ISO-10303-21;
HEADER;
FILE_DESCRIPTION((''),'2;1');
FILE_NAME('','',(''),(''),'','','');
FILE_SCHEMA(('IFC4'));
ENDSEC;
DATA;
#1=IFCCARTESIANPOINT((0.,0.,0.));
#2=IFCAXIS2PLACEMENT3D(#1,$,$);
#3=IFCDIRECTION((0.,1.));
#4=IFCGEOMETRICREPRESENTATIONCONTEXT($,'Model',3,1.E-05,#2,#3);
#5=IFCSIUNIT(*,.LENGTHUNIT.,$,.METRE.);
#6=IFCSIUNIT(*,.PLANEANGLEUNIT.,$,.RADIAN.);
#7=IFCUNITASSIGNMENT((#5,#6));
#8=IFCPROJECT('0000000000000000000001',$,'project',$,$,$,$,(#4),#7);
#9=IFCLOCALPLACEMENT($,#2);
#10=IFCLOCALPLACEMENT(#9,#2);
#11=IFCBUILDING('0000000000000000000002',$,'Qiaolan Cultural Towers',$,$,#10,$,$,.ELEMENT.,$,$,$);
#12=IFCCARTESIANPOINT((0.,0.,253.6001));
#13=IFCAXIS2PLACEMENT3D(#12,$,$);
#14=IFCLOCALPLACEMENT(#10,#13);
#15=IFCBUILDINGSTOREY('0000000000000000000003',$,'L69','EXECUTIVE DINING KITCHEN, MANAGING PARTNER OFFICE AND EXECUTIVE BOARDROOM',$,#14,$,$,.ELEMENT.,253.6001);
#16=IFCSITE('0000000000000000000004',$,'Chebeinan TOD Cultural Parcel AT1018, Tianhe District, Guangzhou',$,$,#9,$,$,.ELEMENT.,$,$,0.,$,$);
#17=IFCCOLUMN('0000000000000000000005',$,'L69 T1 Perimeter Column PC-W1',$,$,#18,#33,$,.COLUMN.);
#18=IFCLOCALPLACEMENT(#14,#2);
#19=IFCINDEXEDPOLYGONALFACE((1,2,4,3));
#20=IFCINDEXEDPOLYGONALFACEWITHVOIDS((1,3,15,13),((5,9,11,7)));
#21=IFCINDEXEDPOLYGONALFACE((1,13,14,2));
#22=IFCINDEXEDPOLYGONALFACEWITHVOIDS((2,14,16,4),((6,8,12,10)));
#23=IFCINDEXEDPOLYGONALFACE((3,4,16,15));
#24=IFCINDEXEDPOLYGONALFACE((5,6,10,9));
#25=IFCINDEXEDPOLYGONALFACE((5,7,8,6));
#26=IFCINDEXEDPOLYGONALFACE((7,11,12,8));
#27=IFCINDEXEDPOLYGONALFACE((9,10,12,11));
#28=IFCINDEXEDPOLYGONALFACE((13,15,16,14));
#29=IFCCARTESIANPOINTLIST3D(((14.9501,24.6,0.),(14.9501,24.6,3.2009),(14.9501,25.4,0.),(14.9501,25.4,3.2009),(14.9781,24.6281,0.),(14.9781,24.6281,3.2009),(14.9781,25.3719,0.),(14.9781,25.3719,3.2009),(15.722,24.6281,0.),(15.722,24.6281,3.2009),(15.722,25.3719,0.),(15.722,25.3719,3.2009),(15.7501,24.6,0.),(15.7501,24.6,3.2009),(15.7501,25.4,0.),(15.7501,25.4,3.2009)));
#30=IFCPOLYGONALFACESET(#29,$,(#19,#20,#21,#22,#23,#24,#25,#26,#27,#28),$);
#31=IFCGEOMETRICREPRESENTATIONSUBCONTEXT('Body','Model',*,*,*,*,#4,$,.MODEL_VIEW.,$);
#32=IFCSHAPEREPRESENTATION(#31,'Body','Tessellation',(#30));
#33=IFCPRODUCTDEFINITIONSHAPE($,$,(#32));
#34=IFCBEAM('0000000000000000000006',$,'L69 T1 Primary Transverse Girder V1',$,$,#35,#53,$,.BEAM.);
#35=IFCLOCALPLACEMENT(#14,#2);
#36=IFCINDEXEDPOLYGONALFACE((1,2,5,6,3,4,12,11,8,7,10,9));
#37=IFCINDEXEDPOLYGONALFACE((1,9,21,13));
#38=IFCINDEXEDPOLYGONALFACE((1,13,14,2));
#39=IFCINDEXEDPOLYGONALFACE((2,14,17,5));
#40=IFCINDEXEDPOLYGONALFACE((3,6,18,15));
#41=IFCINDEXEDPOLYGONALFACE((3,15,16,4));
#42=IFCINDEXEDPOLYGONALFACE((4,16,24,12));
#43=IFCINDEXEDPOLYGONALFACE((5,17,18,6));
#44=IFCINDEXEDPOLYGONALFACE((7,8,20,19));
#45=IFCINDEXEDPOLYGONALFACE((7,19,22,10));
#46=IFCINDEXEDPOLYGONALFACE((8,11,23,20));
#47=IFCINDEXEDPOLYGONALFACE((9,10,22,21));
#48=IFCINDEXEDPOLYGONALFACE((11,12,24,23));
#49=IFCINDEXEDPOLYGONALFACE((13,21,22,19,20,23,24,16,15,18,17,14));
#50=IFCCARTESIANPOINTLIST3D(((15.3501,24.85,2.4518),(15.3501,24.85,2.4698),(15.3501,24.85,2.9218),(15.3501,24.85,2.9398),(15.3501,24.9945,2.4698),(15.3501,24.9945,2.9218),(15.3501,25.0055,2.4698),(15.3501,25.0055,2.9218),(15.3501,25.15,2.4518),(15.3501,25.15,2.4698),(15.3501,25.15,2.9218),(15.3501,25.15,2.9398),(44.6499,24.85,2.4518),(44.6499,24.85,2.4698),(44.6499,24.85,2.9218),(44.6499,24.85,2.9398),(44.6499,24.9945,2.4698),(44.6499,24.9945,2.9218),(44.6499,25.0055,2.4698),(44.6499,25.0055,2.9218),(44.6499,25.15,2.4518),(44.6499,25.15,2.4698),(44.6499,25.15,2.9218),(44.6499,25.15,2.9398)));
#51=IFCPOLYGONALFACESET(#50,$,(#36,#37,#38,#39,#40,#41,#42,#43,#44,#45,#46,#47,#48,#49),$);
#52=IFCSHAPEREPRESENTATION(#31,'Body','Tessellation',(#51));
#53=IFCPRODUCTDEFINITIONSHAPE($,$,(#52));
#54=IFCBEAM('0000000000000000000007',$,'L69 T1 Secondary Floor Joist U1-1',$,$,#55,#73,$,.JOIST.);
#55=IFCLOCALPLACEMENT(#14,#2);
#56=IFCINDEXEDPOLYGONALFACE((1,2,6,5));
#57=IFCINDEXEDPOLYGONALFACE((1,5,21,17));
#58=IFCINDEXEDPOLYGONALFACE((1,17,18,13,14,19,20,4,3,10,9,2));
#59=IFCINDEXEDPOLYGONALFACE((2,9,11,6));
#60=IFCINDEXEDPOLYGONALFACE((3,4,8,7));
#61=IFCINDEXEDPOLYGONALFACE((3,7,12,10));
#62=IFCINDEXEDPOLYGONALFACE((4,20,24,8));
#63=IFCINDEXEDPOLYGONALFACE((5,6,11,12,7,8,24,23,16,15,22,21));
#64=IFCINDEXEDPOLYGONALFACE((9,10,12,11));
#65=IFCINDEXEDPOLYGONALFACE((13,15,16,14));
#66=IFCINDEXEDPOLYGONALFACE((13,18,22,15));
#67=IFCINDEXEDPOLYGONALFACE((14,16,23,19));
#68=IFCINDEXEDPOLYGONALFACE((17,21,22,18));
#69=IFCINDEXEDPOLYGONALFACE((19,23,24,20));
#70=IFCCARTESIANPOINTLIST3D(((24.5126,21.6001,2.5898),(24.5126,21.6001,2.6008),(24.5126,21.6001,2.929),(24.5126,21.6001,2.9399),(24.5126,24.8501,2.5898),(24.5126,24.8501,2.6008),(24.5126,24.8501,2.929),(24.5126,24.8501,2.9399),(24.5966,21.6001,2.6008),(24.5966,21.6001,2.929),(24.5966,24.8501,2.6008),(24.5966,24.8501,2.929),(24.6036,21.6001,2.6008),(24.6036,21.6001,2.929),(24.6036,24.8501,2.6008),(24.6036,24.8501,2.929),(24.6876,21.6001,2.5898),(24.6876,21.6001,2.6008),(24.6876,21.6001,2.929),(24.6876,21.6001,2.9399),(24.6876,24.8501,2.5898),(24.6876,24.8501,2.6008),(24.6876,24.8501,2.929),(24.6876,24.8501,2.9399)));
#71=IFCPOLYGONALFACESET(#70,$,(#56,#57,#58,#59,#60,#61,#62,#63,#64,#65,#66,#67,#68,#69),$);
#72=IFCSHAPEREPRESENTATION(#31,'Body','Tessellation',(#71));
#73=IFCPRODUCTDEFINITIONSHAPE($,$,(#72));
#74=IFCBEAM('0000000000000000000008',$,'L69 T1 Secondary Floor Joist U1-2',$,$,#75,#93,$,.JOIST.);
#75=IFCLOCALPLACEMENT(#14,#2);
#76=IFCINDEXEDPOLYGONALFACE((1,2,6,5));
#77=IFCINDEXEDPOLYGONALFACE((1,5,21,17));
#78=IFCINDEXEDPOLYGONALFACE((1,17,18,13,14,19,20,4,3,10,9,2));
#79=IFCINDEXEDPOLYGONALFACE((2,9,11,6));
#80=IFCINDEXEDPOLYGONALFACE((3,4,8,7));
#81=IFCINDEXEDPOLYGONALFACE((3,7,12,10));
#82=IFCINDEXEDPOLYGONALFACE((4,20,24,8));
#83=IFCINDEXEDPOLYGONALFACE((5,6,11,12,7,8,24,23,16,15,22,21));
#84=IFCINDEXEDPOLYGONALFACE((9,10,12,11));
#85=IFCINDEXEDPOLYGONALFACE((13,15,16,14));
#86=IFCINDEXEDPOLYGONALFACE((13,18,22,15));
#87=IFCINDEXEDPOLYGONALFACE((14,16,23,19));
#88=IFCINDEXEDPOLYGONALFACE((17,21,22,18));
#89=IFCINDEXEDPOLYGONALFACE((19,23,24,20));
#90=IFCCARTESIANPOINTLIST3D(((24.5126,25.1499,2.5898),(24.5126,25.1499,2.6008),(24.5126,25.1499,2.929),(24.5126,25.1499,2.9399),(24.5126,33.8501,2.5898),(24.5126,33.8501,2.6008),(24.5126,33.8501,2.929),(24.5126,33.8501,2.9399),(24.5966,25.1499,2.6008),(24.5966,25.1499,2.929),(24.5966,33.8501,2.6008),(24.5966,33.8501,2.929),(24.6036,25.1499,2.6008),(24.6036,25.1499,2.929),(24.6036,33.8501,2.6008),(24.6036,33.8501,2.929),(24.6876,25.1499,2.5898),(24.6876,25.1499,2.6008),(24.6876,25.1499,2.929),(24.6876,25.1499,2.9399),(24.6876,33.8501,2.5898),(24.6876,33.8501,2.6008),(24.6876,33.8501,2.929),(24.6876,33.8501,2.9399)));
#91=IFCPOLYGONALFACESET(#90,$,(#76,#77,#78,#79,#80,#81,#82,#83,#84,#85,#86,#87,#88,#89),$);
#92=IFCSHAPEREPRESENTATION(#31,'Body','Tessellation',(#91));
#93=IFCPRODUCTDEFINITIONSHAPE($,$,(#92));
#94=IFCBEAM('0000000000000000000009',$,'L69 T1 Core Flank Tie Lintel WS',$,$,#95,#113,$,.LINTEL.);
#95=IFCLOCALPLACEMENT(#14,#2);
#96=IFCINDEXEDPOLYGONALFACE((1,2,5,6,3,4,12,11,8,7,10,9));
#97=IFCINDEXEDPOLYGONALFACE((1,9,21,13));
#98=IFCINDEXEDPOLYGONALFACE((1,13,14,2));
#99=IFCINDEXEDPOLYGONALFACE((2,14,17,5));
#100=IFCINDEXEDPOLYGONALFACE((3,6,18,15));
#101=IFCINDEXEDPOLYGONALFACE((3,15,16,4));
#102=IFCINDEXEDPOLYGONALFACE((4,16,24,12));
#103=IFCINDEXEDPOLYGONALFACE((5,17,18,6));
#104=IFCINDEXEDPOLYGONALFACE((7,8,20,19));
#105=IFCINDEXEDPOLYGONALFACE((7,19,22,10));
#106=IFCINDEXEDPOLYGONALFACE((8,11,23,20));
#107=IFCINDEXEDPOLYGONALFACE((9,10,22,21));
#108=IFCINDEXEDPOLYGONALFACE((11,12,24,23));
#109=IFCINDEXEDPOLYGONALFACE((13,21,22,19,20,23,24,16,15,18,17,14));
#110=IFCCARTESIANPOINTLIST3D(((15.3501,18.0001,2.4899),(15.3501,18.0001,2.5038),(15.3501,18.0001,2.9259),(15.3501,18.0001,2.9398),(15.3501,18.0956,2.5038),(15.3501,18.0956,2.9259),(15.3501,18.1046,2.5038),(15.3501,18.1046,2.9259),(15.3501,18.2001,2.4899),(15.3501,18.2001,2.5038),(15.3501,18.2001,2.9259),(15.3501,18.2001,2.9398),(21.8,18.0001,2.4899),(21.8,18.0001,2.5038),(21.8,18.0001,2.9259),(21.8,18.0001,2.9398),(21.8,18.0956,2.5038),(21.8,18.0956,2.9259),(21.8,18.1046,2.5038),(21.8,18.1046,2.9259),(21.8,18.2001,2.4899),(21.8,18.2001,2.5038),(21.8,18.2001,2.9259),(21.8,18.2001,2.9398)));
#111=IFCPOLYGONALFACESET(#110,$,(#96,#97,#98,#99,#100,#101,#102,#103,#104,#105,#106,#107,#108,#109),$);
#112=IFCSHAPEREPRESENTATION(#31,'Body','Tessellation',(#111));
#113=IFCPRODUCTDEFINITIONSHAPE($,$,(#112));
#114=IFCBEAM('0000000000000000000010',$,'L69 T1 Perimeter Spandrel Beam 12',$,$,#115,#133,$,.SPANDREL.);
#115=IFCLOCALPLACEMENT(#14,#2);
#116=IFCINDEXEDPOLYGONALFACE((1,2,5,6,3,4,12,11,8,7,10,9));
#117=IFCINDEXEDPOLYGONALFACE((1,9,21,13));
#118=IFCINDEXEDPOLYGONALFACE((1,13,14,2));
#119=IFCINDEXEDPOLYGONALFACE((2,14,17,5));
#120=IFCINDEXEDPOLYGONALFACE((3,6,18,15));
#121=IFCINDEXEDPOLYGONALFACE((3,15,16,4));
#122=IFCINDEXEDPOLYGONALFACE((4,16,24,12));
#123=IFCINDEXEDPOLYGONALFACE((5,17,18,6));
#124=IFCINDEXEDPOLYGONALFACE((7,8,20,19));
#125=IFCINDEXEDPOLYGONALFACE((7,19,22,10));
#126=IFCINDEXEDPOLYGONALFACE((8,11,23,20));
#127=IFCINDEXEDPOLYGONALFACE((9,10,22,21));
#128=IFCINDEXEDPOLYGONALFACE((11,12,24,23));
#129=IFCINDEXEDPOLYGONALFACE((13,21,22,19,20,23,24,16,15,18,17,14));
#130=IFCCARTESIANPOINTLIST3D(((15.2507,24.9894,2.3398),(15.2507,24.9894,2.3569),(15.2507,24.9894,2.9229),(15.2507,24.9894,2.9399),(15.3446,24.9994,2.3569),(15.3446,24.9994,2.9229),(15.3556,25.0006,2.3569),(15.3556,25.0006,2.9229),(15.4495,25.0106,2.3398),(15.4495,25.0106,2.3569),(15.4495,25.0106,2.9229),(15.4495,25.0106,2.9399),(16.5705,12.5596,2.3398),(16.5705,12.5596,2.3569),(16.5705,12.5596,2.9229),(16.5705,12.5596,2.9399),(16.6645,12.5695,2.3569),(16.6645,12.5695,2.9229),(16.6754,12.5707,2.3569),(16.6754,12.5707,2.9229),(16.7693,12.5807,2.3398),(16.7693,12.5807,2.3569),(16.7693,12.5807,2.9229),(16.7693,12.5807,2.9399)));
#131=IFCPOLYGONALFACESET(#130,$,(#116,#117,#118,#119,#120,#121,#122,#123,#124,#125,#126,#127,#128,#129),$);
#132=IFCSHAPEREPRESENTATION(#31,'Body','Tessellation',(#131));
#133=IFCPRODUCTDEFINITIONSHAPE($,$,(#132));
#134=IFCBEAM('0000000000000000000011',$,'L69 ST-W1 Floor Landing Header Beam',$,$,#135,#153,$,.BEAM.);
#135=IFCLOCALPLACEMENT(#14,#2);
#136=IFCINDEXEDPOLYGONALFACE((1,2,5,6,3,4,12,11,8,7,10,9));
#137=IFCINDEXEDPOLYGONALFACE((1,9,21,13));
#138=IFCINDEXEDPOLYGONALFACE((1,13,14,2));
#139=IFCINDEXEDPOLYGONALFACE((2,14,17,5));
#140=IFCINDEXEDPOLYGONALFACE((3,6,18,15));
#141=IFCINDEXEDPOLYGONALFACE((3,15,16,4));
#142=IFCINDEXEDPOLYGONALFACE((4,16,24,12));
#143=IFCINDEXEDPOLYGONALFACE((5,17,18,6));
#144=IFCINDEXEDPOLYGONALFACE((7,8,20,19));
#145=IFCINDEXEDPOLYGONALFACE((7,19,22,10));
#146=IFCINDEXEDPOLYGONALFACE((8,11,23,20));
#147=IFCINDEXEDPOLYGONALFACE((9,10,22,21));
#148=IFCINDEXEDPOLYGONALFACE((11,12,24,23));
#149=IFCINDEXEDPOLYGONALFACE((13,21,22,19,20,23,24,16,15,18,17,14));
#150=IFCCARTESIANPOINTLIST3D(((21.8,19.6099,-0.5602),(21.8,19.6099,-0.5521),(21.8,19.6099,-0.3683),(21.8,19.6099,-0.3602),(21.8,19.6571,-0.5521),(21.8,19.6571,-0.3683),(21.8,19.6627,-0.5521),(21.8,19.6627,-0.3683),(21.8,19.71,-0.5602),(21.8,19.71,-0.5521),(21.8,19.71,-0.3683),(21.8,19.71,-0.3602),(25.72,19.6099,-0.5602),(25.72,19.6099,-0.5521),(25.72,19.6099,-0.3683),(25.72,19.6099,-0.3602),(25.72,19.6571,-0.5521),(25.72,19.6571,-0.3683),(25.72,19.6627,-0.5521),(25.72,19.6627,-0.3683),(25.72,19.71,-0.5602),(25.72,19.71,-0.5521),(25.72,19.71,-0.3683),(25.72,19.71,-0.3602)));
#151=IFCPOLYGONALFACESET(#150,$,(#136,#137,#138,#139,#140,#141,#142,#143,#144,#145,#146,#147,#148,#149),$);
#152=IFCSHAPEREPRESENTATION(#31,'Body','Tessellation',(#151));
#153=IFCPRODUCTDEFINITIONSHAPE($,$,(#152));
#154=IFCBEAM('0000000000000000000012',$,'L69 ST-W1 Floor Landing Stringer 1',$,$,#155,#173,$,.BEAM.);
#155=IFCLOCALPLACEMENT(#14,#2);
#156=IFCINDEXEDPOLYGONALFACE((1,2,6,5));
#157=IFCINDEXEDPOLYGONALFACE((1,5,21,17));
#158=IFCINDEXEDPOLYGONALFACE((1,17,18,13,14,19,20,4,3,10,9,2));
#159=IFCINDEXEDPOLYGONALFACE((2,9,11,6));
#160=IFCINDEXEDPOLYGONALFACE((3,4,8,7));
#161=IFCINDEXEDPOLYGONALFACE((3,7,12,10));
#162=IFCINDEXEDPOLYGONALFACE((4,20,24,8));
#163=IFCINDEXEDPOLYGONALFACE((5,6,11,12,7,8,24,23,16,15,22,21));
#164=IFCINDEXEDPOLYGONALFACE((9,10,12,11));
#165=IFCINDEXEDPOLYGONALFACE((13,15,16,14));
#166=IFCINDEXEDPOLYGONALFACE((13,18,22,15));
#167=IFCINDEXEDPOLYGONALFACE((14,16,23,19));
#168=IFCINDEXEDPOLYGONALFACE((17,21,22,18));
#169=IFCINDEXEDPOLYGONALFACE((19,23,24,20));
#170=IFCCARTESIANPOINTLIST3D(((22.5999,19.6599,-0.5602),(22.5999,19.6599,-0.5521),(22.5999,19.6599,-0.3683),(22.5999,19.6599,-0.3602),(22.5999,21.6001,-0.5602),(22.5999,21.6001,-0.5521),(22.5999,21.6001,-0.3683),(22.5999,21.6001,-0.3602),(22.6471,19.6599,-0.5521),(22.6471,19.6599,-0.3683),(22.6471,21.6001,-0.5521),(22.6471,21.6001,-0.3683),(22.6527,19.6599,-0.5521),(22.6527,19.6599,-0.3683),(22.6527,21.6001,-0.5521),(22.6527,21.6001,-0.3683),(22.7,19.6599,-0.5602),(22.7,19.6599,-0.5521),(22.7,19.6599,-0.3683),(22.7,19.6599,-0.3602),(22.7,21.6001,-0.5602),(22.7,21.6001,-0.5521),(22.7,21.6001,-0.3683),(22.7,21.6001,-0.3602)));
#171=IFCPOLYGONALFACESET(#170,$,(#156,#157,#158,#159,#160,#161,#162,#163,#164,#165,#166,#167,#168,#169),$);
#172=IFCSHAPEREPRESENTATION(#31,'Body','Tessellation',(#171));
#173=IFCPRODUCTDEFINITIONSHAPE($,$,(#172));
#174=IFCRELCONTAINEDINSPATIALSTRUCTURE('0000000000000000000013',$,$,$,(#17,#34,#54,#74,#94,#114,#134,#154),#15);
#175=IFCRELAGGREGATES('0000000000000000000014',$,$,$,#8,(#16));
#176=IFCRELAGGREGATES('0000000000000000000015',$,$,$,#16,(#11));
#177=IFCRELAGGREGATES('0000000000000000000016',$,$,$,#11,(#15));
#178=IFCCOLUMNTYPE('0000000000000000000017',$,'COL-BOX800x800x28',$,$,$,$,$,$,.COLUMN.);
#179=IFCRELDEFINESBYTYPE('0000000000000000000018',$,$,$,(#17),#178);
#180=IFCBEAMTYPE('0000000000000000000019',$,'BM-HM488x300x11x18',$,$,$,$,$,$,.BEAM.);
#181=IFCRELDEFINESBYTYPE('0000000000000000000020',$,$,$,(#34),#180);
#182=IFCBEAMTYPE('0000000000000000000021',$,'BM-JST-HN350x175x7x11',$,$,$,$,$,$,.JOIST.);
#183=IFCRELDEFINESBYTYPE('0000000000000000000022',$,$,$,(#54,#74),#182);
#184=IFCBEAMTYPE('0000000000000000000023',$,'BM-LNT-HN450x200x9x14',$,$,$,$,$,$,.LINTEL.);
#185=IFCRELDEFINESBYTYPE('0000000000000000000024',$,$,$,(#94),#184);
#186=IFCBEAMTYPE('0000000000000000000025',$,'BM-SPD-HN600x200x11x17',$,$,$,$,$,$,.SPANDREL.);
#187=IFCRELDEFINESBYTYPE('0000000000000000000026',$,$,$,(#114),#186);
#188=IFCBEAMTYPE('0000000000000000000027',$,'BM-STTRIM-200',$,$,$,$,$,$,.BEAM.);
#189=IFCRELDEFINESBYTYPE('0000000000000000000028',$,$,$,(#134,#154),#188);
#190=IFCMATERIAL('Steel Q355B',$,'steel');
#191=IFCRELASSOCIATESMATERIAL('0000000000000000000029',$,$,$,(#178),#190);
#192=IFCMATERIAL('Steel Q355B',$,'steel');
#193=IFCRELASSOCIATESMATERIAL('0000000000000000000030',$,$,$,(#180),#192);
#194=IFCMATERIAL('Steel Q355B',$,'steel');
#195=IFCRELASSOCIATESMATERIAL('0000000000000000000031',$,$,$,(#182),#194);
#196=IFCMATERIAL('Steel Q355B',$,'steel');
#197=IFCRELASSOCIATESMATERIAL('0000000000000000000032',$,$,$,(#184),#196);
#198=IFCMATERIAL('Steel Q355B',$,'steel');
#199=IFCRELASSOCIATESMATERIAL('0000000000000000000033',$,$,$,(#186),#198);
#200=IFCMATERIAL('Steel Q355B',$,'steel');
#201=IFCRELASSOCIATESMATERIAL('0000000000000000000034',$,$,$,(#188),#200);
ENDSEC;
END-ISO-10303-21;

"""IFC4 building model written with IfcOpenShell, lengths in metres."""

from ifc_helpers import new_model, si_unit, direction, frame, origin, origin_2d, place, context, subcontext, project, spatial, hollow_rectangle, i_section, extrude, material, material_profile, profile_set, type_object, element, save


model = new_model("IFC4")

# Units and contexts
model_context = context("Model", 3, precision=1e-05, world=origin(), true_north=direction((0.0, 1.0)))
body_context = subcontext(model_context, "Body", "Model", "MODEL_VIEW")
ifc_project = project(units=[si_unit("LENGTHUNIT", "METRE"), si_unit("PLANEANGLEUNIT", "RADIAN")], contexts=[model_context])

# Site, building, storey
site_placement = place(None, origin())
site = spatial("IfcSite", under=ifc_project, at=site_placement, Name="Chebeinan TOD Cultural Parcel AT1018, Tianhe District, Guangzhou", CompositionType="ELEMENT", RefElevation=0.0)
building_placement = place(site_placement, origin())
building = spatial("IfcBuilding", under=site, at=building_placement, Name="Qiaolan Cultural Towers", CompositionType="ELEMENT")
storey_placement = place(building_placement, frame((0.0, 0.0, 253.6001)))
storey = spatial("IfcBuildingStorey", under=building, at=storey_placement, Name="L69", Description="EXECUTIVE DINING KITCHEN, MANAGING PARTNER OFFICE AND EXECUTIVE BOARDROOM", CompositionType="ELEMENT", Elevation=253.6001)

# Column
ifc_material_1 = material(Name="Steel Q355B", Category="steel")
ifc_material_profile_1 = material_profile(ifc_material_1, hollow_rectangle(XDim=0.8, YDim=0.8, WallThickness=0.0281, at=origin_2d()), Name="BOX800x800x28")
ifc_profile_set_1 = profile_set([ifc_material_profile_1], Name="Steel Q355B")
column_type = type_object("IfcColumnType", Name="COL-BOX800x800x28", PredefinedType="COLUMN", material=ifc_profile_set_1)
column_placement = place(storey_placement, frame((15.3501, 25.0, 0.0), z_axis=(0.0, 0.0, 1.0), x_axis=(1.0, 0.0, 0.0)))
element("IfcColumn", 1, at=column_placement, inside=storey, type_object=column_type, Name="L69 T1 Perimeter Column PC-W1", PredefinedType="COLUMN", context=body_context, shape_type="SweptSolid", body=[
    extrude(hollow_rectangle(XDim=0.8, YDim=0.8, WallThickness=0.0281, at=origin_2d()), origin(), (0.0, 0.0, 1.0), 3.2009),
])

# Beams
ifc_material_2 = material(Name="Steel Q355B", Category="steel")
ifc_material_profile_2 = material_profile(ifc_material_2, i_section(OverallWidth=0.3, OverallDepth=0.488, WebThickness=0.011, FlangeThickness=0.0181, at=origin_2d()), Name="HM488x300x11x18")
ifc_profile_set_2 = profile_set([ifc_material_profile_2], Name="Steel Q355B")
beam_type_1 = type_object("IfcBeamType", Name="BM-HM488x300x11x18", PredefinedType="BEAM", material=ifc_profile_set_2)
beam_1_placement = place(storey_placement, frame((15.3501, 25.0, 2.6958), z_axis=(1.0, 0.0, 0.0), x_axis=(0.0, 1.0, 0.0)))
element("IfcBeam", 2, at=beam_1_placement, inside=storey, type_object=beam_type_1, Name="L69 T1 Primary Transverse Girder V1", PredefinedType="BEAM", context=body_context, shape_type="SweptSolid", body=[
    extrude(i_section(OverallWidth=0.3, OverallDepth=0.488, WebThickness=0.011, FlangeThickness=0.0181, at=origin_2d()), origin(), (0.0, 0.0, 1.0), 29.2998),
])
ifc_material_3 = material(Name="Steel Q355B", Category="steel")
ifc_material_profile_3 = material_profile(ifc_material_3, i_section(OverallWidth=0.175, OverallDepth=0.3501, WebThickness=0.0071, FlangeThickness=0.011, at=origin_2d()), Name="HN350x175x7x11")
ifc_profile_set_3 = profile_set([ifc_material_profile_3], Name="Steel Q355B")
beam_type_2 = type_object("IfcBeamType", Name="BM-JST-HN350x175x7x11", PredefinedType="JOIST", material=ifc_profile_set_3)
beam_2_placement = place(storey_placement, frame((24.6001, 21.6001, 2.7649), z_axis=(0.0, 1.0, 0.0), x_axis=(-1.0, 0.0, 0.0)))
element("IfcBeam", 3, at=beam_2_placement, inside=storey, type_object=beam_type_2, Name="L69 T1 Secondary Floor Joist U1-1", PredefinedType="JOIST", context=body_context, shape_type="SweptSolid", body=[
    extrude(i_section(OverallWidth=0.175, OverallDepth=0.3501, WebThickness=0.0071, FlangeThickness=0.011, at=origin_2d()), origin(), (0.0, 0.0, 1.0), 3.25),
])
beam_3_placement = place(storey_placement, frame((24.6001, 25.1499, 2.7649), z_axis=(0.0, 1.0, 0.0), x_axis=(-1.0, 0.0, 0.0)))
element("IfcBeam", 4, at=beam_3_placement, inside=storey, type_object=beam_type_2, Name="L69 T1 Secondary Floor Joist U1-2", PredefinedType="JOIST", context=body_context, shape_type="SweptSolid", body=[
    extrude(i_section(OverallWidth=0.175, OverallDepth=0.3501, WebThickness=0.0071, FlangeThickness=0.011, at=origin_2d()), origin(), (0.0, 0.0, 1.0), 8.7002),
])
ifc_material_4 = material(Name="Steel Q355B", Category="steel")
ifc_material_profile_4 = material_profile(ifc_material_4, i_section(OverallWidth=0.2, OverallDepth=0.45, WebThickness=0.009, FlangeThickness=0.0139, at=origin_2d()), Name="HN450x200x9x14")
ifc_profile_set_4 = profile_set([ifc_material_profile_4], Name="Steel Q355B")
beam_type_3 = type_object("IfcBeamType", Name="BM-LNT-HN450x200x9x14", PredefinedType="LINTEL", material=ifc_profile_set_4)
beam_4_placement = place(storey_placement, frame((21.8, 18.1001, 2.7148), z_axis=(-1.0, 0.0, 0.0), x_axis=(0.0, -1.0, 0.0)))
element("IfcBeam", 5, at=beam_4_placement, inside=storey, type_object=beam_type_3, Name="L69 T1 Core Flank Tie Lintel WS", PredefinedType="LINTEL", context=body_context, shape_type="SweptSolid", body=[
    extrude(i_section(OverallWidth=0.2, OverallDepth=0.45, WebThickness=0.009, FlangeThickness=0.0139, at=origin_2d()), origin(), (0.0, 0.0, 1.0), 6.45),
])
ifc_material_5 = material(Name="Steel Q355B", Category="steel")
ifc_material_profile_5 = material_profile(ifc_material_5, i_section(OverallWidth=0.2, OverallDepth=0.6001, WebThickness=0.011, FlangeThickness=0.0171, at=origin_2d()), Name="HN600x200x11x17")
ifc_profile_set_5 = profile_set([ifc_material_profile_5], Name="Steel Q355B")
beam_type_4 = type_object("IfcBeamType", Name="BM-SPD-HN600x200x11x17", PredefinedType="SPANDREL", material=ifc_profile_set_5)
beam_5_placement = place(storey_placement, frame((15.3501, 25.0, 2.6399), z_axis=(0.105588, -0.99441, 0.0), x_axis=(0.99441, 0.105588, 0.0)))
element("IfcBeam", 6, at=beam_5_placement, inside=storey, type_object=beam_type_4, Name="L69 T1 Perimeter Spandrel Beam 12", PredefinedType="SPANDREL", context=body_context, shape_type="SweptSolid", body=[
    extrude(i_section(OverallWidth=0.2, OverallDepth=0.6001, WebThickness=0.011, FlangeThickness=0.0171, at=origin_2d()), origin(), (0.0, 0.0, 1.0), 12.4998),
])
ifc_material_6 = material(Name="Steel Q355B", Category="steel")
ifc_material_profile_6 = material_profile(ifc_material_6, i_section(OverallWidth=0.1001, OverallDepth=0.2, WebThickness=0.0056, FlangeThickness=0.0081, at=origin_2d()), Name="HN200x100x5.5x8")
ifc_profile_set_6 = profile_set([ifc_material_profile_6], Name="Steel Q355B")
beam_type_5 = type_object("IfcBeamType", Name="BM-STTRIM-200", PredefinedType="BEAM", material=ifc_profile_set_6)
beam_6_placement = place(storey_placement, frame((21.8, 19.6599, -0.4602), z_axis=(1.0, 0.0, 0.0), x_axis=(0.0, 1.0, 0.0)))
element("IfcBeam", 7, at=beam_6_placement, inside=storey, type_object=beam_type_5, Name="L69 ST-W1 Floor Landing Header Beam", PredefinedType="BEAM", context=body_context, shape_type="SweptSolid", body=[
    extrude(i_section(OverallWidth=0.1001, OverallDepth=0.2, WebThickness=0.0056, FlangeThickness=0.0081, at=origin_2d()), origin(), (0.0, 0.0, 1.0), 3.9199),
])
for number, where, z_axis, x_axis, name in (
    (8, (22.6499, 21.6001, -0.4602), (0.0, -1.0, 0.0), (1.0, 0.0, 0.0), "L69 ST-W1 Floor Landing Stringer 1"),
):
    element("IfcBeam", number, at=place(storey_placement, frame(where, z_axis=z_axis, x_axis=x_axis)), inside=storey, type_object=beam_type_5, Name=name, PredefinedType="BEAM", context=body_context, shape_type="SweptSolid", body=[
        extrude(i_section(OverallWidth=0.1001, OverallDepth=0.2, WebThickness=0.0056, FlangeThickness=0.0081, at=origin_2d()), origin(), (0.0, 0.0, 1.0), 1.9402),
    ])

save(model, "model.ifc")
